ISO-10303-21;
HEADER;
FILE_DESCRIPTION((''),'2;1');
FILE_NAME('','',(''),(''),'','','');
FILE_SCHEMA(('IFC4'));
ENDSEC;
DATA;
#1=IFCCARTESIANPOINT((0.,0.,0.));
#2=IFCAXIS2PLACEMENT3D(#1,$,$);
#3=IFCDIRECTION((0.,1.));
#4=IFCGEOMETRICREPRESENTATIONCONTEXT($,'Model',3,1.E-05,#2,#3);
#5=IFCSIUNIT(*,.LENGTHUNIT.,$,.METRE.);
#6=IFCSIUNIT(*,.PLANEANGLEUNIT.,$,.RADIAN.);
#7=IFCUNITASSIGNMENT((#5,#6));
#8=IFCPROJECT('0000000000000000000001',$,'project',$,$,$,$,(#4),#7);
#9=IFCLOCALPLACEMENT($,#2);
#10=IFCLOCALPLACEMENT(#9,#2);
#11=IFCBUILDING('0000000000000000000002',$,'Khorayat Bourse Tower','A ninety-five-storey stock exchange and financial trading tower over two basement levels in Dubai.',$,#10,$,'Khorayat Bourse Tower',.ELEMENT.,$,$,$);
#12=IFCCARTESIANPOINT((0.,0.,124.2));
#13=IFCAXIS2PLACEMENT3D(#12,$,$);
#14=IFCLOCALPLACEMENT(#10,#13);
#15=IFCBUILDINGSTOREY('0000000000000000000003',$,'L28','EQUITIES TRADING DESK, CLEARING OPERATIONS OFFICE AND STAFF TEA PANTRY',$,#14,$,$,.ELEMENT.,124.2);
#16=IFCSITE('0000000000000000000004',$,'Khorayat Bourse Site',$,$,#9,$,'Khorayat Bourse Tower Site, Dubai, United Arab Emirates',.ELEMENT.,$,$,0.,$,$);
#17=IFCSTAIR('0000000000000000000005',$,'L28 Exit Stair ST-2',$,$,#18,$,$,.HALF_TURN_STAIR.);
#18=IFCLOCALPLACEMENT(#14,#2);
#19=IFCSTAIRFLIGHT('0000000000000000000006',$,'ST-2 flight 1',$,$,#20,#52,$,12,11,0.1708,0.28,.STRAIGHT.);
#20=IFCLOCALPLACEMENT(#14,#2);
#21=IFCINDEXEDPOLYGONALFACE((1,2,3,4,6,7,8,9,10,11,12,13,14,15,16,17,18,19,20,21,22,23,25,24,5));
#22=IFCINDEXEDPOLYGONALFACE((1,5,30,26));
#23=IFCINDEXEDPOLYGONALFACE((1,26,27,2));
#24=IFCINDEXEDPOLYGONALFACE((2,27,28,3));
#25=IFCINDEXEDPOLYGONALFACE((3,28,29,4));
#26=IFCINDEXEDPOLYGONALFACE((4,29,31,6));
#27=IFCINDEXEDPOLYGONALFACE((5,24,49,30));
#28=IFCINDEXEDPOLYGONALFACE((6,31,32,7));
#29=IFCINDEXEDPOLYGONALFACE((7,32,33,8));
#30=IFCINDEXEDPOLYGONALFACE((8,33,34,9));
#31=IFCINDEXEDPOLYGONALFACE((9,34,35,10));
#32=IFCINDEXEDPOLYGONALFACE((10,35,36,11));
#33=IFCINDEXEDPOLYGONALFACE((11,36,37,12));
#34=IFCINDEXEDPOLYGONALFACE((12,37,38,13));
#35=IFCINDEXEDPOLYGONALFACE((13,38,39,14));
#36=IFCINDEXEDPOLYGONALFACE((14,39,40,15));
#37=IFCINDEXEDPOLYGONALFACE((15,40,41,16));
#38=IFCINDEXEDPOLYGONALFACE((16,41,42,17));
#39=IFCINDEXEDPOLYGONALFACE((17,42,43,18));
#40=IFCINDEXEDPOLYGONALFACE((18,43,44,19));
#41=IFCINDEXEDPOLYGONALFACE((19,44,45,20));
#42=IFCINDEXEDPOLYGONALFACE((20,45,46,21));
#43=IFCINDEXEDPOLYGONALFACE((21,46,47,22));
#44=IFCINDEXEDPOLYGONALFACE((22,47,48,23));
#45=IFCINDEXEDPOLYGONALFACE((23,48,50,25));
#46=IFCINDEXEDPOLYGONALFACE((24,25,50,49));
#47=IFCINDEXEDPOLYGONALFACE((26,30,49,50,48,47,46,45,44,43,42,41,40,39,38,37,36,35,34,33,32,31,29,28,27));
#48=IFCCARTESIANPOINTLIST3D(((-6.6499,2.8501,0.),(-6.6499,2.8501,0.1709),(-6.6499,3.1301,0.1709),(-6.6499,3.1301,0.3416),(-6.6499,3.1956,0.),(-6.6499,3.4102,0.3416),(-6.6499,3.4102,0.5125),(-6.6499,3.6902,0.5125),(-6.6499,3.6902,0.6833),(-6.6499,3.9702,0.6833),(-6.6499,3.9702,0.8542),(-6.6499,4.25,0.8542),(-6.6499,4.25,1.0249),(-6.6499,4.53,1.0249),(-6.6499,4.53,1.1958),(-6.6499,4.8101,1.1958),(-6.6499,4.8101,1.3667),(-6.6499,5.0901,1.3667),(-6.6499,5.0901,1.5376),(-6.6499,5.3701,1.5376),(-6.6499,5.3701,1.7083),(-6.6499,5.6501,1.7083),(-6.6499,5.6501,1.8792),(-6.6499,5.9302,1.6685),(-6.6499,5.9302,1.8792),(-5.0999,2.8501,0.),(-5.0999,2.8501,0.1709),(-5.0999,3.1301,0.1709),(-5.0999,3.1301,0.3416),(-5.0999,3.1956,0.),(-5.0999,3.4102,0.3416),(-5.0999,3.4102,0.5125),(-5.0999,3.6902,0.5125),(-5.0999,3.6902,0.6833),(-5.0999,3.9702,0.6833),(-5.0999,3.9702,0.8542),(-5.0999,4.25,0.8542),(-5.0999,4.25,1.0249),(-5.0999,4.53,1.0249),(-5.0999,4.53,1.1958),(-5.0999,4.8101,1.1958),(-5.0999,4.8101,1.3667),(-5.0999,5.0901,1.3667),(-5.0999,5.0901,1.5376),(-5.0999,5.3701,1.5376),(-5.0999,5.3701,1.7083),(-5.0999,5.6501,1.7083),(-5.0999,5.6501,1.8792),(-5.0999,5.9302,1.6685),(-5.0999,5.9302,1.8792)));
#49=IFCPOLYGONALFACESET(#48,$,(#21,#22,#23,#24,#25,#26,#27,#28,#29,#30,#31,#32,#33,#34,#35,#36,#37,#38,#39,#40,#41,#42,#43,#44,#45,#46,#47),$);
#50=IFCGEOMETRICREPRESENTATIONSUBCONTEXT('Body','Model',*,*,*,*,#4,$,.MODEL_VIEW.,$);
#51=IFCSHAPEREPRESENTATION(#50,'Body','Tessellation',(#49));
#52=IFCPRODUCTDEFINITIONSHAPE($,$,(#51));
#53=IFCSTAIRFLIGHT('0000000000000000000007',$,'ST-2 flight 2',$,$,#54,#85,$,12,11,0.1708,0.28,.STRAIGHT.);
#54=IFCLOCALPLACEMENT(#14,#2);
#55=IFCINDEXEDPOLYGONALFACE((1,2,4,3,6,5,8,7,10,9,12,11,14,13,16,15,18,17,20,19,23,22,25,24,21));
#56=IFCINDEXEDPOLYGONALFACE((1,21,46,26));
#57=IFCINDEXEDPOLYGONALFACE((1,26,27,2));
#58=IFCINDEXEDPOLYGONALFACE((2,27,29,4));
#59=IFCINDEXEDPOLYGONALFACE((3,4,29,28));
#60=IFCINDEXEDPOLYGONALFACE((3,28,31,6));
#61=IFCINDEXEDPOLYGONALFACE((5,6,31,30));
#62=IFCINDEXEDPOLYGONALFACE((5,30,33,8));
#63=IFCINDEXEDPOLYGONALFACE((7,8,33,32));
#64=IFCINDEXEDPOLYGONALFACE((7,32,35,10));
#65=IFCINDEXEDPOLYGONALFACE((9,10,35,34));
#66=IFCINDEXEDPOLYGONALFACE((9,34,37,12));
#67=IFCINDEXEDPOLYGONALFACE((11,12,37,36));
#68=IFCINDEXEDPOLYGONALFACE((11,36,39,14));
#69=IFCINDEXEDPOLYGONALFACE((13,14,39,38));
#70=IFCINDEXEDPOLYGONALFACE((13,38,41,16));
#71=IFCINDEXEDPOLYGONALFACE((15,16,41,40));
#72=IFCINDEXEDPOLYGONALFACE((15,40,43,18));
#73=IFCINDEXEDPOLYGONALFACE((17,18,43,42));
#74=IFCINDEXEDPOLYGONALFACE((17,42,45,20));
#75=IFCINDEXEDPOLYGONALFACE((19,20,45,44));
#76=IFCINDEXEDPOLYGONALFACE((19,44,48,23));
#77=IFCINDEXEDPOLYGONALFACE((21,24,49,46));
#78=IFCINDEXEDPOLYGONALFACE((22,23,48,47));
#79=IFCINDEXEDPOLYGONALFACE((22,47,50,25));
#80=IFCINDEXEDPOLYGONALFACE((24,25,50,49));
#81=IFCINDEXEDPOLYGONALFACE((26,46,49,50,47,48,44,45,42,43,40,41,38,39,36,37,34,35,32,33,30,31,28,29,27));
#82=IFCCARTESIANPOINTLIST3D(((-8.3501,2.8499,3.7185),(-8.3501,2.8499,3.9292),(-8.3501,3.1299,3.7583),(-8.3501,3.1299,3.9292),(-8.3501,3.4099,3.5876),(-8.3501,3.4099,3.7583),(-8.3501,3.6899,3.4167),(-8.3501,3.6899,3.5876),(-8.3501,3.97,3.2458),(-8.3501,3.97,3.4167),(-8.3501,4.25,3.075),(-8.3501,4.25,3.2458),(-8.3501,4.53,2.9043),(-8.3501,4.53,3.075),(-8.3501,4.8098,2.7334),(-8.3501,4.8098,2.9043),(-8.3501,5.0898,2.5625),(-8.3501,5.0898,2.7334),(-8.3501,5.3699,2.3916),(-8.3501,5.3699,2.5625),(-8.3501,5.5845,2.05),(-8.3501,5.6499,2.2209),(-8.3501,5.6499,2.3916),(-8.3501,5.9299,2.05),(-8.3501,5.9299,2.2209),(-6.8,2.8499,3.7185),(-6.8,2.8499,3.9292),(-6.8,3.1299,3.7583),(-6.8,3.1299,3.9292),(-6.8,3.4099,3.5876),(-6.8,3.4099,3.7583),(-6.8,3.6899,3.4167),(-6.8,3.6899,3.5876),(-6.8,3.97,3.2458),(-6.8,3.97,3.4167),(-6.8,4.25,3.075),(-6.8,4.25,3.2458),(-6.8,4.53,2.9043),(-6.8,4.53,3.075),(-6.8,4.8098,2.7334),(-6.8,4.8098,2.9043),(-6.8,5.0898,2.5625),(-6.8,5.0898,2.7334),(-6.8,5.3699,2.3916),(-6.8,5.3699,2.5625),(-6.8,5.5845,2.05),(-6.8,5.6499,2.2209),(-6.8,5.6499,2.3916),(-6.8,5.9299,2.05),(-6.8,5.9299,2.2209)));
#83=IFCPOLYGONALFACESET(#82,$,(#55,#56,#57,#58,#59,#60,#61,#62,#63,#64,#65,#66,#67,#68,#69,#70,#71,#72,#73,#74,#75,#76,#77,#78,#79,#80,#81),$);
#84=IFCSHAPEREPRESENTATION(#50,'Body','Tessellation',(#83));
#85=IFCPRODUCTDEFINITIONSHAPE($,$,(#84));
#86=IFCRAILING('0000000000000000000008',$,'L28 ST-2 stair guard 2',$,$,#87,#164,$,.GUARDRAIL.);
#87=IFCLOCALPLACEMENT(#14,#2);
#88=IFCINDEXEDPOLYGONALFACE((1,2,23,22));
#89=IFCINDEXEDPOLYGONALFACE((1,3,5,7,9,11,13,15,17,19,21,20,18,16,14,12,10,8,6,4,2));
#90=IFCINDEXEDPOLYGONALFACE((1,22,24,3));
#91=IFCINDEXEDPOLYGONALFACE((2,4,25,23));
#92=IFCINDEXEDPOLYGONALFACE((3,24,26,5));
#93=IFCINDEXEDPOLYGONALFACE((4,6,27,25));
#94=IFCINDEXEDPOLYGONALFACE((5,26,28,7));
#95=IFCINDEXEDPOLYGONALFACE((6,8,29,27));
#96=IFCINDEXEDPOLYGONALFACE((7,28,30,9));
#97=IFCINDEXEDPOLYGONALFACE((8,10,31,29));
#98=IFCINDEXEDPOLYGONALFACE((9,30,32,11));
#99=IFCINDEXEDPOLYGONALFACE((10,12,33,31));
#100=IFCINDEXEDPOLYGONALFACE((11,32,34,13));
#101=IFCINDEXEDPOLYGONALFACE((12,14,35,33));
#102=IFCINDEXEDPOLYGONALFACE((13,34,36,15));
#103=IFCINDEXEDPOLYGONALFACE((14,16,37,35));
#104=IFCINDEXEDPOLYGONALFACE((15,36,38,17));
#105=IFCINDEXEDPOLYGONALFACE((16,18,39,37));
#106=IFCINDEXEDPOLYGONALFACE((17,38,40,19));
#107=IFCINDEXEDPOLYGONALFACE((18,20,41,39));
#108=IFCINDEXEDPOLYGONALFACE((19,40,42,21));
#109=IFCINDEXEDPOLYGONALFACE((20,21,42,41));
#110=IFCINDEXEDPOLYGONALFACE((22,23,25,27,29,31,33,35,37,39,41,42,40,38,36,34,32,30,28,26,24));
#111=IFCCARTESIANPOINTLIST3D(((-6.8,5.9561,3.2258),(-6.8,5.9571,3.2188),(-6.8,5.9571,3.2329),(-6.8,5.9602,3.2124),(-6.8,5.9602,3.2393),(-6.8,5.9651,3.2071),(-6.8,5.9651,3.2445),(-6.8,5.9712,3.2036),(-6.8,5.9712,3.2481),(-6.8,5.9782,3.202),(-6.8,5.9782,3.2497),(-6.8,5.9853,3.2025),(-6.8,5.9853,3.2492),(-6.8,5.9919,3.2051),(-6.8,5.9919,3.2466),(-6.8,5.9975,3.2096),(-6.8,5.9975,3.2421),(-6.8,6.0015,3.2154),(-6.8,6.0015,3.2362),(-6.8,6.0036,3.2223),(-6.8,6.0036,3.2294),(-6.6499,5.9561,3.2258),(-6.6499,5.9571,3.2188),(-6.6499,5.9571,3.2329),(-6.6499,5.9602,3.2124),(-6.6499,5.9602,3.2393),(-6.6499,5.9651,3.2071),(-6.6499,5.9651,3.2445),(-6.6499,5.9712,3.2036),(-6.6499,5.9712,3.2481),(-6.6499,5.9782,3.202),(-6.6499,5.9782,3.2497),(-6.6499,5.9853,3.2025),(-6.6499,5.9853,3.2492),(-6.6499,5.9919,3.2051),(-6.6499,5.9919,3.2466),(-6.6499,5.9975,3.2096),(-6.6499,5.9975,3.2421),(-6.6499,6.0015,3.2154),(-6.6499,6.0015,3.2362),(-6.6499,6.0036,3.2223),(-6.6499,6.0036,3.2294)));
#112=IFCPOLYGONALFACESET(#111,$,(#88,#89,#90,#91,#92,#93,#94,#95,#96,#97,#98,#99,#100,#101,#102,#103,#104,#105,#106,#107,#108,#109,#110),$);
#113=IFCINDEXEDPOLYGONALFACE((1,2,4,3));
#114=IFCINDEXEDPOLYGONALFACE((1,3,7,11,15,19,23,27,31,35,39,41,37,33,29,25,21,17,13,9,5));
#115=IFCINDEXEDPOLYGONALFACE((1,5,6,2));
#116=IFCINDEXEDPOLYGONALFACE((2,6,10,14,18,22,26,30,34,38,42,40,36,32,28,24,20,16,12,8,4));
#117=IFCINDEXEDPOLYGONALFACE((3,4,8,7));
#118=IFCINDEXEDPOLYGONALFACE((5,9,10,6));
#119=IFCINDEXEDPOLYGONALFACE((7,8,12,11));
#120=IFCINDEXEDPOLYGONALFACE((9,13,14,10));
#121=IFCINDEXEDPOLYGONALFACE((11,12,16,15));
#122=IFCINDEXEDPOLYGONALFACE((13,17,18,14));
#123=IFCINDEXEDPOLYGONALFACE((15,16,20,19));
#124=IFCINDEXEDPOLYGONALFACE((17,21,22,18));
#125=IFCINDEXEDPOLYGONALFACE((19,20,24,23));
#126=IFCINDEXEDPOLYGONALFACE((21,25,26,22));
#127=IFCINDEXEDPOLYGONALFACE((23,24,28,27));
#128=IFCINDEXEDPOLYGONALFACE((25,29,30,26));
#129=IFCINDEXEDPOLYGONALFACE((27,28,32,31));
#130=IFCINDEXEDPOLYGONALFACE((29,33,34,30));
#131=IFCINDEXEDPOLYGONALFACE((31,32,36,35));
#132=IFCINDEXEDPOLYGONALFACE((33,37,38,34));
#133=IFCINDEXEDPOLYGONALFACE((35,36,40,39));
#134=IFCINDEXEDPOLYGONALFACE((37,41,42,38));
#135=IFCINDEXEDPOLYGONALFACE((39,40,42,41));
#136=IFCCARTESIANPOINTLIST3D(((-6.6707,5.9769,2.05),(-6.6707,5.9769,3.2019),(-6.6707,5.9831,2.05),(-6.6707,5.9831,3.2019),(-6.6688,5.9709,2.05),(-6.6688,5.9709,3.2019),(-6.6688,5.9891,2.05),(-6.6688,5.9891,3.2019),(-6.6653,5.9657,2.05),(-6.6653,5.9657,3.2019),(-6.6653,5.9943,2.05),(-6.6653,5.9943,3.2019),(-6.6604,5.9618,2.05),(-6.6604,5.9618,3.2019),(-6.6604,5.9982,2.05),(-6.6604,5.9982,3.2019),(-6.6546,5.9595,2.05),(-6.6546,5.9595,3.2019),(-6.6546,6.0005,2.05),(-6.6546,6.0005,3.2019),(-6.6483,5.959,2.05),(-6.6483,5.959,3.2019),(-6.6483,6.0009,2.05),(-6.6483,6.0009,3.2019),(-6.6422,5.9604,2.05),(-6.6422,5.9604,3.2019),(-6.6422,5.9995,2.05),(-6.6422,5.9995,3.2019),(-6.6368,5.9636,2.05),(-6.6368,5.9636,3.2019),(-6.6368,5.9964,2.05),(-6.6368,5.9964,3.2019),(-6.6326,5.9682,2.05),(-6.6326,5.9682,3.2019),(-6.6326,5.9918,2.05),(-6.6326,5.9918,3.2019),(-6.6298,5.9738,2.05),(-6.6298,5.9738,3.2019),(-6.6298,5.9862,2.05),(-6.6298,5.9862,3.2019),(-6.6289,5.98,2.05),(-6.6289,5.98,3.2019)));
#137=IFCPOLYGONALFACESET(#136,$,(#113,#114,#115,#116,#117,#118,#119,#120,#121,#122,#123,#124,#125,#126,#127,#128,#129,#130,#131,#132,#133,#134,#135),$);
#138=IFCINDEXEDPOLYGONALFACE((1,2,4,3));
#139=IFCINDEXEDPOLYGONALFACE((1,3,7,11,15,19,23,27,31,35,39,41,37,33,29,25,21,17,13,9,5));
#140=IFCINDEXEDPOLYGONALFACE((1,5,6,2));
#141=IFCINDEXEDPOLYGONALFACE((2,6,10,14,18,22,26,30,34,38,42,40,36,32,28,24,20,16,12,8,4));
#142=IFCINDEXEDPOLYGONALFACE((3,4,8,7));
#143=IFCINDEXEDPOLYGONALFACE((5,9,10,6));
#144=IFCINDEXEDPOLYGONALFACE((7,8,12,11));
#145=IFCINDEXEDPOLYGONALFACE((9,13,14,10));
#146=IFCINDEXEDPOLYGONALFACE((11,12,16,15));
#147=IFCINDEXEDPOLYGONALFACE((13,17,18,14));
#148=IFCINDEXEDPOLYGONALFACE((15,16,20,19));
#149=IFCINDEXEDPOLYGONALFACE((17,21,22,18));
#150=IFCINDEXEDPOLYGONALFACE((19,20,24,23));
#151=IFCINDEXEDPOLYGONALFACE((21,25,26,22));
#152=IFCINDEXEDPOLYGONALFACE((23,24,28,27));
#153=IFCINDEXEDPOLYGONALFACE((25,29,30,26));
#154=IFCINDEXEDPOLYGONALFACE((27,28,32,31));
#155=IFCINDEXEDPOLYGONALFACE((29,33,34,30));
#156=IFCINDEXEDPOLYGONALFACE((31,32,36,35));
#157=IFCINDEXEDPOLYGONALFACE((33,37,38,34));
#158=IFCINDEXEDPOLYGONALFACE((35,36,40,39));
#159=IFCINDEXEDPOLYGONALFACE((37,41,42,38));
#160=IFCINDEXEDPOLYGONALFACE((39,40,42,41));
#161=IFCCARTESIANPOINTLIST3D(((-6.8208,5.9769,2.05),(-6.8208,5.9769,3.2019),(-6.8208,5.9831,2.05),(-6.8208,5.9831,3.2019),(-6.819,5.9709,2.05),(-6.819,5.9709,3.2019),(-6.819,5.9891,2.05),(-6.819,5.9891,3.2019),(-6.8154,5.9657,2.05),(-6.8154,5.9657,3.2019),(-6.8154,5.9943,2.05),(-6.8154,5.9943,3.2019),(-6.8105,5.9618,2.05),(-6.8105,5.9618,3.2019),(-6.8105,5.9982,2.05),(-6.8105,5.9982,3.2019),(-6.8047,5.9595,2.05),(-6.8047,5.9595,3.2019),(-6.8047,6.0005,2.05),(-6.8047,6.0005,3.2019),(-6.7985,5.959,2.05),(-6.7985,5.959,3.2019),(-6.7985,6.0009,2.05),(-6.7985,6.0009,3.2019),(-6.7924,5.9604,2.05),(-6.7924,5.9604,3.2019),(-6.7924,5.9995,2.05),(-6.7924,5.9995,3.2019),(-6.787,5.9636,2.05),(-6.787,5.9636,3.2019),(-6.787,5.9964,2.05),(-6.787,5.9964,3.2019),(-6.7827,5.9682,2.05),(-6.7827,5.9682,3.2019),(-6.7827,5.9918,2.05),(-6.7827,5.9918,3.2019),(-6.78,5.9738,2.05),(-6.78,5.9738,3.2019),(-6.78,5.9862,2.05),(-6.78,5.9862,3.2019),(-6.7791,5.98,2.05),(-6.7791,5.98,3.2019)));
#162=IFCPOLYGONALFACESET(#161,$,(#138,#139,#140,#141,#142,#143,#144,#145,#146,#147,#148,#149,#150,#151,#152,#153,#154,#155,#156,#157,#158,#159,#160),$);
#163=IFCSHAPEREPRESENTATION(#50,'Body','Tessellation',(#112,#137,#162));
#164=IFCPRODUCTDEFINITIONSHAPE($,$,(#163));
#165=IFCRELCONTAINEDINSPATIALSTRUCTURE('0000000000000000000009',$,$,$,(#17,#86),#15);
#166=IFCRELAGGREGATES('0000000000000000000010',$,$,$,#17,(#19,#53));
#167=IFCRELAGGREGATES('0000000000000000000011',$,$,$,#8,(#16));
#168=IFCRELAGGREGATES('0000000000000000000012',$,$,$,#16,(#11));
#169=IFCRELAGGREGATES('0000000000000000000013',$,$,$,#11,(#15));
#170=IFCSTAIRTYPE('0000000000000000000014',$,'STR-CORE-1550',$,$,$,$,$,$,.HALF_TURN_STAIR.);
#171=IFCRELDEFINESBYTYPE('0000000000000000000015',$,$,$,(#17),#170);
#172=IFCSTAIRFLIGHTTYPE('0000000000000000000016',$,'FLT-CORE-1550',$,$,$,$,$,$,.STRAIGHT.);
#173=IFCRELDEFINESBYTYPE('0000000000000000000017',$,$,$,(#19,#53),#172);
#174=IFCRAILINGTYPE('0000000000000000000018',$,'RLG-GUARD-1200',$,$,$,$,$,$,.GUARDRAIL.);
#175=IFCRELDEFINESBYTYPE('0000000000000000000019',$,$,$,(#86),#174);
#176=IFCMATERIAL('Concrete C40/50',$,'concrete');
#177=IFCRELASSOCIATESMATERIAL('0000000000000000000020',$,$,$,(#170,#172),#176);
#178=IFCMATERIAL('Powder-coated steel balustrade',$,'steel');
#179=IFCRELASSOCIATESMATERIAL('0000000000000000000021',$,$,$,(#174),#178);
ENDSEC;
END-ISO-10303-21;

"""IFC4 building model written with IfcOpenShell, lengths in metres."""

from ifc_helpers import new_model, si_unit, direction, frame, origin, origin_2d, place, context, subcontext, project, spatial, polyline, circle, outline, extrude, source, transform, mapped, material, type_object, element, aggregate, save


model = new_model("IFC4")

# Units and contexts
model_context = context("Model", 3, precision=1e-05, world=origin(), true_north=direction((0.0, 1.0)))
body_context = subcontext(model_context, "Body", "Model", "MODEL_VIEW")
ifc_project = project(units=[si_unit("LENGTHUNIT", "METRE"), si_unit("PLANEANGLEUNIT", "RADIAN")], contexts=[model_context])

# Site, building, storey
site_placement = place(None, origin())
site = spatial("IfcSite", under=ifc_project, at=site_placement, Name="Khorayat Bourse Site", LongName="Khorayat Bourse Tower Site, Dubai, United Arab Emirates", CompositionType="ELEMENT", RefElevation=0.0)
building_placement = place(site_placement, origin())
building = spatial("IfcBuilding", under=site, at=building_placement, Name="Khorayat Bourse Tower", Description="A ninety-five-storey stock exchange and financial trading tower over two basement levels in Dubai.", LongName="Khorayat Bourse Tower", CompositionType="ELEMENT")
storey_placement = place(building_placement, frame((0.0, 0.0, 124.2)))
storey = spatial("IfcBuildingStorey", under=building, at=storey_placement, Name="L28", Description="EQUITIES TRADING DESK, CLEARING OPERATIONS OFFICE AND STAFF TEA PANTRY", CompositionType="ELEMENT", Elevation=124.2)

# Stair, stair flights
ifc_material_1 = material(Name="Concrete C40/50", Category="concrete")
stair_type = type_object("IfcStairType", Name="STR-CORE-1550", PredefinedType="HALF_TURN_STAIR", material=ifc_material_1)
stair_placement = place(storey_placement, origin())
stair = element("IfcStair", 1, at=stair_placement, inside=storey, type_object=stair_type, Name="L28 Exit Stair ST-2", PredefinedType="HALF_TURN_STAIR")
stair_flight_type = type_object("IfcStairFlightType", Name="FLT-CORE-1550", PredefinedType="STRAIGHT", material=ifc_material_1)
shared_shape_1 = source(origin(), body_context, "Body", "SweptSolid", [
    extrude(outline(polyline([(0.0, 0.0), (0.0, 0.1709), (0.28, 0.1709), (0.28, 0.3416), (0.5601, 0.3416), (0.5601, 0.5125), (0.8401, 0.5125), (0.8401, 0.6833), (1.1201, 0.6833), (1.1201, 0.8542), (1.3999, 0.8542), (1.3999, 1.0249), (1.6799, 1.0249), (1.6799, 1.1958), (1.96, 1.1958), (1.96, 1.3667), (2.24, 1.3667), (2.24, 1.5376), (2.52, 1.5376), (2.52, 1.7083), (2.8, 1.7083), (2.8, 1.8792), (3.0801, 1.8792), (3.0801, 2.05), (3.0801, 1.6685), (0.3455, 0.0), (0.0, 0.0)])), frame((0.0, 0.7749, 0.0), z_axis=(0.0, -1.0, 0.0), x_axis=(1.0, 0.0, 0.0)), (0.0, 0.0, 1.0), 1.55),
])
stair_flight_1_placement = place(storey_placement, frame((-5.875, 2.8501, 0.0), z_axis=(0.0, 0.0, 1.0), x_axis=(0.0, 1.0, 0.0)))
stair_flight_1 = element("IfcStairFlight", 2, at=stair_flight_1_placement, type_object=stair_flight_type, Name="ST-2 flight 1", NumberOfRisers=12, NumberOfTreads=11, PredefinedType="STRAIGHT", RiserHeight=0.1708, TreadLength=0.28, context=body_context, shape_type="MappedRepresentation", body=[
    mapped(shared_shape_1, transform((0.0, 0.0, 0.0), scale=1.0)),
])
stair_flight_2_placement = place(storey_placement, frame((-7.575, 5.9299, 2.05), z_axis=(0.0, 0.0, 1.0), x_axis=(0.0, -1.0, 0.0)))
stair_flight_2 = element("IfcStairFlight", 3, at=stair_flight_2_placement, type_object=stair_flight_type, Name="ST-2 flight 2", NumberOfRisers=12, NumberOfTreads=11, PredefinedType="STRAIGHT", RiserHeight=0.1708, TreadLength=0.28, context=body_context, shape_type="MappedRepresentation", body=[
    mapped(shared_shape_1, transform((0.0, 0.0, 0.0), scale=1.0)),
])
aggregate(stair, [stair_flight_1, stair_flight_2])

# Railing
ifc_material_2 = material(Name="Powder-coated steel balustrade", Category="steel")
railing_type_1 = type_object("IfcRailingType", Name="RLG-GUARD-1200", PredefinedType="GUARDRAIL", material=ifc_material_2)
shared_shape_2 = source(origin(), body_context, "Body", "SweptSolid", [
    extrude(circle(Radius=0.0239, at=origin_2d()), frame((0.0, 0.0, 1.1758), z_axis=(-1.0, 0.0, 0.0), x_axis=(0.0, -1.0, 0.0)), (0.0, 0.0, 1.0), 0.1501),
    extrude(circle(Radius=0.021, at=origin_2d()), origin(), (0.0, 0.0, 1.0), 1.1519),
    extrude(circle(Radius=0.021, at=origin_2d()), frame((-0.1501, 0.0, 0.0)), (0.0, 0.0, 1.0), 1.1519),
])
for number, where, name in (
    (4, (-6.6499, 5.98, 2.05), "L28 ST-2 stair guard 2"),
):
    element("IfcRailing", number, at=place(storey_placement, frame(where)), inside=storey, type_object=railing_type_1, Name=name, PredefinedType="GUARDRAIL", context=body_context, shape_type="MappedRepresentation", body=[
        mapped(shared_shape_2, transform((0.0, 0.0, 0.0), scale=1.0)),
    ])

save(model, "model.ifc")
